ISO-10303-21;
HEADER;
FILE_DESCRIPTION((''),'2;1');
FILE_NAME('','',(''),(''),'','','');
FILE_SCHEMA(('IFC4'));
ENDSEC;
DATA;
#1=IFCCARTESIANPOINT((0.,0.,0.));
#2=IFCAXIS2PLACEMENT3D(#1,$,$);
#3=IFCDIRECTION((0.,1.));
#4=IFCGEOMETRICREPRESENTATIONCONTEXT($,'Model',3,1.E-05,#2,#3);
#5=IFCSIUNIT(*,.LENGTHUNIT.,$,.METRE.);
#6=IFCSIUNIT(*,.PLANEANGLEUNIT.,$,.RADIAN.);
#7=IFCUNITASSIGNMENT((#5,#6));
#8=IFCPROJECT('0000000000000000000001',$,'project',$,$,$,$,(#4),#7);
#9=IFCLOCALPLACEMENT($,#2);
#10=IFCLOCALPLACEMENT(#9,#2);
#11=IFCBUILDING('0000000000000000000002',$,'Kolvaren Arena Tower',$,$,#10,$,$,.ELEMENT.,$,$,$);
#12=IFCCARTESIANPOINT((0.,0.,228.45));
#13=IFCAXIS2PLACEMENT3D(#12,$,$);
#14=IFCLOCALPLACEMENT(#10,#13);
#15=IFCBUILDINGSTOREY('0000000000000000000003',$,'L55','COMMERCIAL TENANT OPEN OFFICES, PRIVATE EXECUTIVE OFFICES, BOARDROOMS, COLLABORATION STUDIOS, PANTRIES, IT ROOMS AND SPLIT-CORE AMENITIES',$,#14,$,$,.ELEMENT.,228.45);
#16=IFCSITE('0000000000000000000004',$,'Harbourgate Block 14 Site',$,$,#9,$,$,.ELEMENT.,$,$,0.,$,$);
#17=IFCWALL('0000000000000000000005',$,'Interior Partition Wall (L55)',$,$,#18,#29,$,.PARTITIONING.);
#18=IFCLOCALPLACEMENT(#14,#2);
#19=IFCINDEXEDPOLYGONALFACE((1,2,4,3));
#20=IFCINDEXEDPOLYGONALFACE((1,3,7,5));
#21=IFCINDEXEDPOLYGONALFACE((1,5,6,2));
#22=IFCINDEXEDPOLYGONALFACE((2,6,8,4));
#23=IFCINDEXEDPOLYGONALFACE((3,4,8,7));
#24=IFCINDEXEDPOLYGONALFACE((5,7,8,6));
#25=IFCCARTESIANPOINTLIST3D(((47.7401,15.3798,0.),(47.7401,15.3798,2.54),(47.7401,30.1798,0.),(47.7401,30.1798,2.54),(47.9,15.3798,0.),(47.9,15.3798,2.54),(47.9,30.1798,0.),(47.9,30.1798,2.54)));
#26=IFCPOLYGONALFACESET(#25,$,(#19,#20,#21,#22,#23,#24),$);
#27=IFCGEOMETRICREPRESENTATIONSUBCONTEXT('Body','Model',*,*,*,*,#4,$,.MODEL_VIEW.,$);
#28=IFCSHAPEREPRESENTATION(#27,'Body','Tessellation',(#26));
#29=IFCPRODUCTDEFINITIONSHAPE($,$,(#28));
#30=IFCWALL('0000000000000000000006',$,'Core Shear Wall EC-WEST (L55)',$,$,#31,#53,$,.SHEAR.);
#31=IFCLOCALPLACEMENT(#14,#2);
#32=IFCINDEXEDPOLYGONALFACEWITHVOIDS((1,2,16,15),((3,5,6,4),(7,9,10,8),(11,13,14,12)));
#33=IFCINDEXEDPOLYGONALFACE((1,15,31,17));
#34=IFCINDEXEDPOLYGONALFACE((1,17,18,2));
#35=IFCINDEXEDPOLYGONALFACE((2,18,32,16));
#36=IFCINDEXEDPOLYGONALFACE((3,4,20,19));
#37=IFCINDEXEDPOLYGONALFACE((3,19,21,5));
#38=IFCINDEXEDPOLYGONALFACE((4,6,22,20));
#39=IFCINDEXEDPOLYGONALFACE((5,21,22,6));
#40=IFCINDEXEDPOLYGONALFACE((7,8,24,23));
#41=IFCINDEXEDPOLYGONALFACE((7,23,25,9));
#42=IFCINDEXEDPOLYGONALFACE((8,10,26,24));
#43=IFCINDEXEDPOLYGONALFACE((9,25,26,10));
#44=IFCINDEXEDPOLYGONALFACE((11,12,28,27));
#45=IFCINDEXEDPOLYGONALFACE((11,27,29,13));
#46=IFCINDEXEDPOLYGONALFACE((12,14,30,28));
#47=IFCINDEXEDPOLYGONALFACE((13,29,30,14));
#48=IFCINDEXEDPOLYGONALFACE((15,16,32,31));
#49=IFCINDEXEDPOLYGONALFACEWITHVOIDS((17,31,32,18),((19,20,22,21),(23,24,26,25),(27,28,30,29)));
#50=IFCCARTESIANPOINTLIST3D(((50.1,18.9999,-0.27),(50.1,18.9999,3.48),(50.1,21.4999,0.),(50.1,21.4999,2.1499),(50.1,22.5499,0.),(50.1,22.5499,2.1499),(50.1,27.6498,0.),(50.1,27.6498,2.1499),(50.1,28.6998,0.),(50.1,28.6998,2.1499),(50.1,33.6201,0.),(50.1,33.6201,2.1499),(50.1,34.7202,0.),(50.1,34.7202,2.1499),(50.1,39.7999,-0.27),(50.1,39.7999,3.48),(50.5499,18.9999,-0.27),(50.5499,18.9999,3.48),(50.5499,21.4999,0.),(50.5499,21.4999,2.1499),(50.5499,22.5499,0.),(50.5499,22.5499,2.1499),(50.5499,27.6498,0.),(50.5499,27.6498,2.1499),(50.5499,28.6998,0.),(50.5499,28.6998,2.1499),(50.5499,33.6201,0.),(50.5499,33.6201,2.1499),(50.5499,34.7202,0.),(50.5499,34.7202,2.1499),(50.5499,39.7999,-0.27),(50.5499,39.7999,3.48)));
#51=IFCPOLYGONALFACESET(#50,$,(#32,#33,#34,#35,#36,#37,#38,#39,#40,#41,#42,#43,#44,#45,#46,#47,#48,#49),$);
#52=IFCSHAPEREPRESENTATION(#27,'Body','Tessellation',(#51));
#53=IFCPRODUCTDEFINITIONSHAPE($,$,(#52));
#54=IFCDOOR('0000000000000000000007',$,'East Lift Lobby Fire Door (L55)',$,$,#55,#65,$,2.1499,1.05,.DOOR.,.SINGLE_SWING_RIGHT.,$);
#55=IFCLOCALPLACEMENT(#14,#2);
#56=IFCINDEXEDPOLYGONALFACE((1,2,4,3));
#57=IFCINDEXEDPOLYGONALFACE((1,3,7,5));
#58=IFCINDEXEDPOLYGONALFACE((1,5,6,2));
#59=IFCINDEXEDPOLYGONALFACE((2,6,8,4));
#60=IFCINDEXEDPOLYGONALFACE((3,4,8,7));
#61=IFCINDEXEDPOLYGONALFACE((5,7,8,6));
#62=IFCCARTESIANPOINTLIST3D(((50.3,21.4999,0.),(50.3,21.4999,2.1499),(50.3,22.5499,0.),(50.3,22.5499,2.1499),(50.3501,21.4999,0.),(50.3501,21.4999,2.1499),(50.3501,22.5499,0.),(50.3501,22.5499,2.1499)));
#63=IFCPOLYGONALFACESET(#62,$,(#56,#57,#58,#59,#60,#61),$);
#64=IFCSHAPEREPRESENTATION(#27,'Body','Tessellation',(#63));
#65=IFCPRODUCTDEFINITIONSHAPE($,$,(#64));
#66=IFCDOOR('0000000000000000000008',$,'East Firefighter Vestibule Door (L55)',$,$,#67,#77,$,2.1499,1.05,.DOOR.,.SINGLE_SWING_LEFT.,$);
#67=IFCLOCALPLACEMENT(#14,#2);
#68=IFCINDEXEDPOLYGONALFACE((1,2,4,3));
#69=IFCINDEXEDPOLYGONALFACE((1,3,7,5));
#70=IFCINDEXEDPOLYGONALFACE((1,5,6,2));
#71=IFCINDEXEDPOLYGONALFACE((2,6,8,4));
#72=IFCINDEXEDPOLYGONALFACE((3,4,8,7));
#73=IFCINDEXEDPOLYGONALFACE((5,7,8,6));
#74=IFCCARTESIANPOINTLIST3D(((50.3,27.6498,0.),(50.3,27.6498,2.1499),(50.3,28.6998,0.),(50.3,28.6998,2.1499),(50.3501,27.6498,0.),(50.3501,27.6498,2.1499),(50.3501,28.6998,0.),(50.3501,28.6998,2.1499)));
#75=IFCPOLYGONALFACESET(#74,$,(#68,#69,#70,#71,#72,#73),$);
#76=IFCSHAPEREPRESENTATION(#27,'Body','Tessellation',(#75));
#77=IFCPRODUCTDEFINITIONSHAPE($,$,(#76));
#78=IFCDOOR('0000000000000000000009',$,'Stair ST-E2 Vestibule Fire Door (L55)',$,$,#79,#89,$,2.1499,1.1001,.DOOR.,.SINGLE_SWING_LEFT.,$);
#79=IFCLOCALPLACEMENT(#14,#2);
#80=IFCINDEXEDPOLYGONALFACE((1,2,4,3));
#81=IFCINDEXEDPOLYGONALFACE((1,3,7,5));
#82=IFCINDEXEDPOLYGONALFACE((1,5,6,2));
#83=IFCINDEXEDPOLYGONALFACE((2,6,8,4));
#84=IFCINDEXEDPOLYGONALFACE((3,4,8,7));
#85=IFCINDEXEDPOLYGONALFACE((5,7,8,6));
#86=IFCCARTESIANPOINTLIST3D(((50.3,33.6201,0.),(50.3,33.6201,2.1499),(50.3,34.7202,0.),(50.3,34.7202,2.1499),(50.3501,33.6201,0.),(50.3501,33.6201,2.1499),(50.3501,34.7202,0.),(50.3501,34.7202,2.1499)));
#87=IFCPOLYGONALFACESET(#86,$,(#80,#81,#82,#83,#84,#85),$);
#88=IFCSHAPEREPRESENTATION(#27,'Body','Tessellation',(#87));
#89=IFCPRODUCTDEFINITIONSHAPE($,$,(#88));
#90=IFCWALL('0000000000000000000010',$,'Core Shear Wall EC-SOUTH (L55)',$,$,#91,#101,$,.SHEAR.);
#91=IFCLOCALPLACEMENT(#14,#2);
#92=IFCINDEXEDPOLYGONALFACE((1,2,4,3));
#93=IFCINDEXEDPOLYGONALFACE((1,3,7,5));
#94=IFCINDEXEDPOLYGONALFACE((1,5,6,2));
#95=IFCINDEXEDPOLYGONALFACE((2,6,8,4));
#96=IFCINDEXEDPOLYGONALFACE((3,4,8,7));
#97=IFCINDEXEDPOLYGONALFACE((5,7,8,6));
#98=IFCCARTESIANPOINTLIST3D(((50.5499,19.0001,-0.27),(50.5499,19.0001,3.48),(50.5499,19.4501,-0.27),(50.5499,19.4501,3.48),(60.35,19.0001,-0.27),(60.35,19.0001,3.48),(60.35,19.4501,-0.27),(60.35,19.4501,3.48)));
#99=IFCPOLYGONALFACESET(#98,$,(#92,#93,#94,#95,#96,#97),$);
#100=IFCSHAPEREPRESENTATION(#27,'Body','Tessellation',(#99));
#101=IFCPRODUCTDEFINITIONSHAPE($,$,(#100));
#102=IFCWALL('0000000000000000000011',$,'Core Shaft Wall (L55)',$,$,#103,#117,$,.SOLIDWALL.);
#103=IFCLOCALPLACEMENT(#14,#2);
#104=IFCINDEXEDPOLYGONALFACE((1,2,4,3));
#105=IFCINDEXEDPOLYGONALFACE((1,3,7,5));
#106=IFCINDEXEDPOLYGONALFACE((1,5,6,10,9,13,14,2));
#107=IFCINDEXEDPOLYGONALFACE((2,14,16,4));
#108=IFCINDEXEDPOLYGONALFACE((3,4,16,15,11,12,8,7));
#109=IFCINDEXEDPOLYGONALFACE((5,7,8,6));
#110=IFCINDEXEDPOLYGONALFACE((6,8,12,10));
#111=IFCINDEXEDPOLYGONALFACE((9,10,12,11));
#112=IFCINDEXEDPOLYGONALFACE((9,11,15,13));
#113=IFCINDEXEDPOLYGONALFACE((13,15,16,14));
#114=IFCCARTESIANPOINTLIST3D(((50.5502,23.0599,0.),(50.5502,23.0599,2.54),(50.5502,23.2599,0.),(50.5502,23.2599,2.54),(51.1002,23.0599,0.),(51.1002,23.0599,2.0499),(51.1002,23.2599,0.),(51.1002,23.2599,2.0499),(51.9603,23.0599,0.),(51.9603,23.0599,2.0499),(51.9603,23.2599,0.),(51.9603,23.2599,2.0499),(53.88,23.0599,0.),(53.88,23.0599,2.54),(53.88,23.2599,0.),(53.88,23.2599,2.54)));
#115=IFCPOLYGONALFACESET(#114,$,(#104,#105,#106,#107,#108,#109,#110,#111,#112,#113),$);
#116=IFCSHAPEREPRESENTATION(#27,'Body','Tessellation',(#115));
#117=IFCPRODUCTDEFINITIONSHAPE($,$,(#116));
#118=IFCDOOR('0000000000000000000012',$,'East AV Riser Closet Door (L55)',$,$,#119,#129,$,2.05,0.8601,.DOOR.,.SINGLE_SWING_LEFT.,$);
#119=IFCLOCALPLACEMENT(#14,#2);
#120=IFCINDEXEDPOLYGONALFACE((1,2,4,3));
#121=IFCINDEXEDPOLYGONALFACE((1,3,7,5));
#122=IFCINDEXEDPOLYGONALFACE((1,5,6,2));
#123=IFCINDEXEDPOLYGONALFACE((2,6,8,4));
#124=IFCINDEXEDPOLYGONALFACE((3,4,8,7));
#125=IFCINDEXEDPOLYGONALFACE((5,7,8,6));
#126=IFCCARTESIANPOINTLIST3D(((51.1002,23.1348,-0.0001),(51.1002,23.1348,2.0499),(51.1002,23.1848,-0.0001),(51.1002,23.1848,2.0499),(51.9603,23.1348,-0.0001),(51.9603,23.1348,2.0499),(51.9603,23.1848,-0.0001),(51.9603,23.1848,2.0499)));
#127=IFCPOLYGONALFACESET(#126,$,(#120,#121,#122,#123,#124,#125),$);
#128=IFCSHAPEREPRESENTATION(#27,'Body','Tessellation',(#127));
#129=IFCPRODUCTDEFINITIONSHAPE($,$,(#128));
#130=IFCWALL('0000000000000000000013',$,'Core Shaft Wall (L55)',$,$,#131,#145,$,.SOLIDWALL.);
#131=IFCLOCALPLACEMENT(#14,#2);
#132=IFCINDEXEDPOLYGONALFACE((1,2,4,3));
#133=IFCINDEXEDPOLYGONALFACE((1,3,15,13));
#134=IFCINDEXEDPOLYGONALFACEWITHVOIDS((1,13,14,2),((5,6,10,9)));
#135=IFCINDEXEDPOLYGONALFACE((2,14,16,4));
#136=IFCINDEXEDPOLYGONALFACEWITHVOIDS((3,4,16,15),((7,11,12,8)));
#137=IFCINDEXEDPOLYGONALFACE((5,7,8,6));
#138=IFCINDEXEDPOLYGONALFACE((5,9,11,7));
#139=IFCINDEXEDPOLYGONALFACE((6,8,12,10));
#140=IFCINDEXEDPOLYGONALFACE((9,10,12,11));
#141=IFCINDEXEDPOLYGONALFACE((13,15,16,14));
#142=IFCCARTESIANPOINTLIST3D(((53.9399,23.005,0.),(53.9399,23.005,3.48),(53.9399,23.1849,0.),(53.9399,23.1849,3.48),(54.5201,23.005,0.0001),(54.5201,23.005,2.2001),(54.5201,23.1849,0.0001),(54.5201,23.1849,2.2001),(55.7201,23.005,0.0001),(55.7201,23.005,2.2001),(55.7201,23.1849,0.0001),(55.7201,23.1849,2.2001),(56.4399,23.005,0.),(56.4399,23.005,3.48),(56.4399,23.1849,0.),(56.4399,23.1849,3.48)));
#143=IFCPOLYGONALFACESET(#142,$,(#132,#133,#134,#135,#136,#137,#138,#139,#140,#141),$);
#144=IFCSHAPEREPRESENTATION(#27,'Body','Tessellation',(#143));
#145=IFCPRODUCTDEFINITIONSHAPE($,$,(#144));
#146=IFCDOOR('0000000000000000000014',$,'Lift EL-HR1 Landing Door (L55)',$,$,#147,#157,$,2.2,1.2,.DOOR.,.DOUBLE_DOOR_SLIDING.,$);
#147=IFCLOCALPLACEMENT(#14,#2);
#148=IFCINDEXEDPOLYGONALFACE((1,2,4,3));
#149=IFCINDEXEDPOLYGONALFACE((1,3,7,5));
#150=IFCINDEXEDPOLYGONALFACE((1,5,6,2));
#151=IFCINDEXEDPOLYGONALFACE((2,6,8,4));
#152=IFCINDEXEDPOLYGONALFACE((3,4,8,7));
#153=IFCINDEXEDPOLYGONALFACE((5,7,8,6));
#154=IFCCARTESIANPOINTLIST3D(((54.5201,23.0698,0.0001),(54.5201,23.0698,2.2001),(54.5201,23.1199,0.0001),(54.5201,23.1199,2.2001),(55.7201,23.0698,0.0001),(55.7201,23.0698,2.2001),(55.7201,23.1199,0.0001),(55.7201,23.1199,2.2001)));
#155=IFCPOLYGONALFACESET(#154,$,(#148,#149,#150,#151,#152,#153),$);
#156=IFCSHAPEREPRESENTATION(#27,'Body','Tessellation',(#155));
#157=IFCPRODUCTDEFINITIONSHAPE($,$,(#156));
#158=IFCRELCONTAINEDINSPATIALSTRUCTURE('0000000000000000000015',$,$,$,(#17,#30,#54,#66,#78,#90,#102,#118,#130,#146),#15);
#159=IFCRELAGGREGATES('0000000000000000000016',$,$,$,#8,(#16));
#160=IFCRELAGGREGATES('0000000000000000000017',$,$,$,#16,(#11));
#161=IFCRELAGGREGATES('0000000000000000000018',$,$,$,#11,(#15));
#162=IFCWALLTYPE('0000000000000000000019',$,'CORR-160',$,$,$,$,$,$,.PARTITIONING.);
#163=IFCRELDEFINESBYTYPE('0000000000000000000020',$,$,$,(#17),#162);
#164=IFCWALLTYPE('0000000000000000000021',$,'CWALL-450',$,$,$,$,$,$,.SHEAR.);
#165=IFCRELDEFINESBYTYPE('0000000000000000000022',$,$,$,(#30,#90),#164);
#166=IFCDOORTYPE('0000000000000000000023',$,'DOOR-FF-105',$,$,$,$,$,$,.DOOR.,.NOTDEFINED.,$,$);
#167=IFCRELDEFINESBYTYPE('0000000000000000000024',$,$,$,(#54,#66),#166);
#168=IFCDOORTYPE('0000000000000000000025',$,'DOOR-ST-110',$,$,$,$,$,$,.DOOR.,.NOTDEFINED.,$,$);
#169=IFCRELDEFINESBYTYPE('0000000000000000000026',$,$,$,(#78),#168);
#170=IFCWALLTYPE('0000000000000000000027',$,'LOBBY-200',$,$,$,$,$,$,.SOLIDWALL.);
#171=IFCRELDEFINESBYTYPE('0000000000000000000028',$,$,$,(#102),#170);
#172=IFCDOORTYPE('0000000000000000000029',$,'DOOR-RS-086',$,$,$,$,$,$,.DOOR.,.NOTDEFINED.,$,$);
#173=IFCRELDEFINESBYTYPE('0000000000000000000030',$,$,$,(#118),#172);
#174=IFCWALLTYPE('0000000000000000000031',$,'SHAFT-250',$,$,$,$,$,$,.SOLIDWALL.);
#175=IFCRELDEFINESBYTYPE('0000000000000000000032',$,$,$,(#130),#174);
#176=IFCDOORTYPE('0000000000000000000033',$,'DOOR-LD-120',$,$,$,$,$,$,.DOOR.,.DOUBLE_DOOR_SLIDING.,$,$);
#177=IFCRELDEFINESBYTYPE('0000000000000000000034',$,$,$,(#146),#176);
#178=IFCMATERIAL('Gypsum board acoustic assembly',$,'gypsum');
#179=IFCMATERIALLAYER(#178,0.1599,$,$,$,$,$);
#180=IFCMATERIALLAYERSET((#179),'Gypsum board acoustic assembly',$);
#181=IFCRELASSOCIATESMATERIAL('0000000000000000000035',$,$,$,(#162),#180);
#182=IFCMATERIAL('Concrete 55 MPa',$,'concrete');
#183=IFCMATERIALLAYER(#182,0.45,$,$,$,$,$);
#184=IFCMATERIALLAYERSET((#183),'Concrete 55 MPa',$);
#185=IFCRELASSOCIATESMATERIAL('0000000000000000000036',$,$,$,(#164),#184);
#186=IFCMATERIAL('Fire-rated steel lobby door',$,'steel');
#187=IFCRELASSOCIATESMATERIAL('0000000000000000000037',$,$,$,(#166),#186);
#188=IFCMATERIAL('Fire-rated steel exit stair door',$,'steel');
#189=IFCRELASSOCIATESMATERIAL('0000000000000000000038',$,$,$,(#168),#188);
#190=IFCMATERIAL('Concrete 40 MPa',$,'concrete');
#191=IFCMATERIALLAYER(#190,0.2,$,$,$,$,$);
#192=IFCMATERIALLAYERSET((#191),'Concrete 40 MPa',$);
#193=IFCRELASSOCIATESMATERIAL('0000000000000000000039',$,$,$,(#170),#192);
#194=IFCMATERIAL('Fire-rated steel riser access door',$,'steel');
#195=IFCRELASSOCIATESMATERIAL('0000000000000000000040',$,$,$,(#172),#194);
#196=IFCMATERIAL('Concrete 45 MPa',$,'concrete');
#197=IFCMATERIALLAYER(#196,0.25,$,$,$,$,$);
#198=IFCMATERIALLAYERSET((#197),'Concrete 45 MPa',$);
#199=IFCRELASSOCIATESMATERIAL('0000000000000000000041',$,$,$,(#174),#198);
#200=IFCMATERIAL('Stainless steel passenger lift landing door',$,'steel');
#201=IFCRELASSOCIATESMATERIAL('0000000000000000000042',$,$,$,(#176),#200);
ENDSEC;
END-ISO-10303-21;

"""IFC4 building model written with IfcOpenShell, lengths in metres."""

from ifc_helpers import new_model, si_unit, direction, frame, frame_2d, origin, place, context, subcontext, project, spatial, rectangle, extrude, material, layer, layer_set, type_object, element, fill, save


model = new_model("IFC4")

# Units and contexts
model_context = context("Model", 3, precision=1e-05, world=origin(), true_north=direction((0.0, 1.0)))
body_context = subcontext(model_context, "Body", "Model", "MODEL_VIEW")
ifc_project = project(units=[si_unit("LENGTHUNIT", "METRE"), si_unit("PLANEANGLEUNIT", "RADIAN")], contexts=[model_context])

# Site, building, storey
site_placement = place(None, origin())
site = spatial("IfcSite", under=ifc_project, at=site_placement, Name="Harbourgate Block 14 Site", CompositionType="ELEMENT", RefElevation=0.0)
building_placement = place(site_placement, origin())
building = spatial("IfcBuilding", under=site, at=building_placement, Name="Kolvaren Arena Tower", CompositionType="ELEMENT")
storey_placement = place(building_placement, frame((0.0, 0.0, 228.45)))
storey = spatial("IfcBuildingStorey", under=building, at=storey_placement, Name="L55", Description="COMMERCIAL TENANT OPEN OFFICES, PRIVATE EXECUTIVE OFFICES, BOARDROOMS, COLLABORATION STUDIOS, PANTRIES, IT ROOMS AND SPLIT-CORE AMENITIES", CompositionType="ELEMENT", Elevation=228.45)

# Wall
ifc_material_1 = material(Name="Gypsum board acoustic assembly", Category="gypsum")
ifc_layer_1 = layer(ifc_material_1, 0.1599)
ifc_layer_set_1 = layer_set([ifc_layer_1], Name="Gypsum board acoustic assembly")
wall_type_1 = type_object("IfcWallType", Name="CORR-160", PredefinedType="PARTITIONING", material=ifc_layer_set_1)
wall_1_placement = place(storey_placement, frame((47.8201, 15.3799, 0.0), z_axis=(0.0, 0.0, 1.0), x_axis=(0.0, 1.0, 0.0)))
element("IfcWall", 1, at=wall_1_placement, inside=storey, type_object=wall_type_1, Name="Interior Partition Wall (L55)", PredefinedType="PARTITIONING", context=body_context, shape_type="SweptSolid", body=[
    extrude(rectangle(XDim=14.8, YDim=0.1599, at=frame_2d((7.3999, 0.0))), origin(), (0.0, 0.0, 1.0), 2.54),
])

# Wall, openings, doors
ifc_material_2 = material(Name="Concrete 55 MPa", Category="concrete")
ifc_layer_2 = layer(ifc_material_2, 0.45)
ifc_layer_set_2 = layer_set([ifc_layer_2], Name="Concrete 55 MPa")
wall_type_2 = type_object("IfcWallType", Name="CWALL-450", PredefinedType="SHEAR", material=ifc_layer_set_2)
wall_2_placement = place(storey_placement, frame((50.325, 19.0, -0.27), z_axis=(0.0, 0.0, 1.0), x_axis=(0.0, 1.0, 0.0)))
wall_2 = element("IfcWall", 2, at=wall_2_placement, inside=storey, type_object=wall_type_2, Name="Core Shear Wall EC-WEST (L55)", PredefinedType="SHEAR", context=body_context, shape_type="SweptSolid", body=[
    extrude(rectangle(XDim=20.8, YDim=0.45, at=frame_2d((10.3999, 0.0))), origin(), (0.0, 0.0, 1.0), 3.75),
])
opening_1_placement = place(wall_2_placement, frame((2.5, 0.0, 0.27)))
opening_1 = element("IfcOpeningElement", 3, at=opening_1_placement, cuts=wall_2, PredefinedType="OPENING", context=body_context, shape_type="SweptSolid", body=[
    extrude(rectangle(XDim=1.05, YDim=2.1499, at=frame_2d((0.5249, 1.075))), frame((0.0, 0.2349, 0.0), z_axis=(0.0, -1.0, 0.0), x_axis=(1.0, 0.0, 0.0)), (0.0, 0.0, 1.0), 0.47),
])
opening_2_placement = place(wall_2_placement, frame((8.6499, 0.0, 0.27)))
opening_2 = element("IfcOpeningElement", 4, at=opening_2_placement, cuts=wall_2, PredefinedType="OPENING", context=body_context, shape_type="SweptSolid", body=[
    extrude(rectangle(XDim=1.05, YDim=2.1499, at=frame_2d((0.5249, 1.075))), frame((0.0, 0.2349, 0.0), z_axis=(0.0, -1.0, 0.0), x_axis=(1.0, 0.0, 0.0)), (0.0, 0.0, 1.0), 0.47),
])
opening_3_placement = place(wall_2_placement, frame((14.6201, 0.0, 0.27)))
opening_3 = element("IfcOpeningElement", 5, at=opening_3_placement, cuts=wall_2, PredefinedType="OPENING", context=body_context, shape_type="SweptSolid", body=[
    extrude(rectangle(XDim=1.1001, YDim=2.1499, at=frame_2d((0.55, 1.075))), frame((0.0, 0.2349, 0.0), z_axis=(0.0, -1.0, 0.0), x_axis=(1.0, 0.0, 0.0)), (0.0, 0.0, 1.0), 0.47),
])
ifc_material_3 = material(Name="Fire-rated steel lobby door", Category="steel")
door_type_1 = type_object("IfcDoorType", Name="DOOR-FF-105", OperationType="NOTDEFINED", PredefinedType="DOOR", material=ifc_material_3)
door_1_placement = place(opening_1_placement, origin())
door_1 = element("IfcDoor", 6, at=door_1_placement, inside=storey, type_object=door_type_1, Name="East Lift Lobby Fire Door (L55)", OperationType="SINGLE_SWING_RIGHT", OverallHeight=2.1499, OverallWidth=1.05, PredefinedType="DOOR", context=body_context, shape_type="SweptSolid", body=[
    extrude(rectangle(XDim=1.05, YDim=2.1499, at=frame_2d((0.5249, 1.075))), frame((0.0, 0.0249, 0.0), z_axis=(0.0, -1.0, 0.0), x_axis=(1.0, 0.0, 0.0)), (0.0, 0.0, 1.0), 0.05),
])
fill(opening_1, door_1)
door_2_placement = place(opening_2_placement, origin())
door_2 = element("IfcDoor", 7, at=door_2_placement, inside=storey, type_object=door_type_1, Name="East Firefighter Vestibule Door (L55)", OperationType="SINGLE_SWING_LEFT", OverallHeight=2.1499, OverallWidth=1.05, PredefinedType="DOOR", context=body_context, shape_type="SweptSolid", body=[
    extrude(rectangle(XDim=1.05, YDim=2.1499, at=frame_2d((0.5249, 1.075))), frame((0.0, 0.0249, 0.0), z_axis=(0.0, -1.0, 0.0), x_axis=(1.0, 0.0, 0.0)), (0.0, 0.0, 1.0), 0.05),
])
fill(opening_2, door_2)
ifc_material_4 = material(Name="Fire-rated steel exit stair door", Category="steel")
door_type_2 = type_object("IfcDoorType", Name="DOOR-ST-110", OperationType="NOTDEFINED", PredefinedType="DOOR", material=ifc_material_4)
door_3_placement = place(opening_3_placement, origin())
door_3 = element("IfcDoor", 8, at=door_3_placement, inside=storey, type_object=door_type_2, Name="Stair ST-E2 Vestibule Fire Door (L55)", OperationType="SINGLE_SWING_LEFT", OverallHeight=2.1499, OverallWidth=1.1001, PredefinedType="DOOR", context=body_context, shape_type="SweptSolid", body=[
    extrude(rectangle(XDim=1.1001, YDim=2.1499, at=frame_2d((0.55, 1.075))), frame((0.0, 0.0249, 0.0), z_axis=(0.0, -1.0, 0.0), x_axis=(1.0, 0.0, 0.0)), (0.0, 0.0, 1.0), 0.05),
])
fill(opening_3, door_3)

# Wall
wall_3_placement = place(storey_placement, frame((50.55, 19.2251, -0.27), z_axis=(0.0, 0.0, 1.0), x_axis=(1.0, 0.0, 0.0)))
element("IfcWall", 9, at=wall_3_placement, inside=storey, type_object=wall_type_2, Name="Core Shear Wall EC-SOUTH (L55)", PredefinedType="SHEAR", context=body_context, shape_type="SweptSolid", body=[
    extrude(rectangle(XDim=9.8, YDim=0.45, at=frame_2d((4.8999, 0.0))), origin(), (0.0, 0.0, 1.0), 3.75),
])

# Shared definitions
ifc_material_5 = material(Name="Concrete 40 MPa", Category="concrete")
ifc_layer_3 = layer(ifc_material_5, 0.2)
ifc_layer_set_3 = layer_set([ifc_layer_3], Name="Concrete 40 MPa")
wall_type_3 = type_object("IfcWallType", Name="LOBBY-200", PredefinedType="SOLIDWALL", material=ifc_layer_set_3)

# Walls, openings, doors
wall_4_placement = place(storey_placement, frame((50.55, 23.1599, 0.0), z_axis=(0.0, 0.0, 1.0), x_axis=(1.0, 0.0, 0.0)))
wall_4 = element("IfcWall", 10, at=wall_4_placement, inside=storey, type_object=wall_type_3, Name="Core Shaft Wall (L55)", PredefinedType="SOLIDWALL", context=body_context, shape_type="SweptSolid", body=[
    extrude(rectangle(XDim=3.3298, YDim=0.2, at=frame_2d((1.665, 0.0))), origin(), (0.0, 0.0, 1.0), 2.54),
])
opening_4_placement = place(wall_4_placement, frame((0.55, 0.0, 0.0)))
opening_4 = element("IfcOpeningElement", 11, at=opening_4_placement, cuts=wall_4, PredefinedType="OPENING", context=body_context, shape_type="SweptSolid", body=[
    extrude(rectangle(XDim=0.8601, YDim=2.05, at=frame_2d((0.4302, 1.0249))), frame((0.0, 0.1099, 0.0), z_axis=(0.0, -1.0, 0.0), x_axis=(1.0, 0.0, 0.0)), (0.0, 0.0, 1.0), 0.22),
])
ifc_material_6 = material(Name="Fire-rated steel riser access door", Category="steel")
door_type_3 = type_object("IfcDoorType", Name="DOOR-RS-086", OperationType="NOTDEFINED", PredefinedType="DOOR", material=ifc_material_6)
door_4_placement = place(opening_4_placement, origin())
door_4 = element("IfcDoor", 12, at=door_4_placement, inside=storey, type_object=door_type_3, Name="East AV Riser Closet Door (L55)", OperationType="SINGLE_SWING_LEFT", OverallHeight=2.05, OverallWidth=0.8601, PredefinedType="DOOR", context=body_context, shape_type="SweptSolid", body=[
    extrude(rectangle(XDim=0.8601, YDim=2.05, at=frame_2d((0.4302, 1.0249))), frame((0.0, 0.0249, 0.0), z_axis=(0.0, -1.0, 0.0), x_axis=(1.0, 0.0, 0.0)), (0.0, 0.0, 1.0), 0.05),
])
fill(opening_4, door_4)
ifc_material_7 = material(Name="Concrete 45 MPa", Category="concrete")
ifc_layer_4 = layer(ifc_material_7, 0.25)
ifc_layer_set_4 = layer_set([ifc_layer_4], Name="Concrete 45 MPa")
wall_type_4 = type_object("IfcWallType", Name="SHAFT-250", PredefinedType="SOLIDWALL", material=ifc_layer_set_4)
wall_5_placement = place(storey_placement, frame((53.9399, 23.095, 0.0), z_axis=(0.0, 0.0, 1.0), x_axis=(1.0, 0.0, 0.0)))
wall_5 = element("IfcWall", 13, at=wall_5_placement, inside=storey, type_object=wall_type_4, Name="Core Shaft Wall (L55)", PredefinedType="SOLIDWALL", context=body_context, shape_type="SweptSolid", body=[
    extrude(rectangle(XDim=2.5, YDim=0.1799, at=frame_2d((1.25, 0.0))), origin(), (0.0, 0.0, 1.0), 3.48),
])
opening_5_placement = place(wall_5_placement, frame((0.5801, 0.0, 0.0)))
opening_5 = element("IfcOpeningElement", 14, at=opening_5_placement, cuts=wall_5, PredefinedType="OPENING", context=body_context, shape_type="SweptSolid", body=[
    extrude(rectangle(XDim=1.2, YDim=2.2, at=frame_2d((0.6001, 1.1001))), frame((0.0, 0.0999, 0.0), z_axis=(0.0, -1.0, 0.0), x_axis=(1.0, 0.0, 0.0)), (0.0, 0.0, 1.0), 0.2),
])
ifc_material_8 = material(Name="Stainless steel passenger lift landing door", Category="steel")
door_type_4 = type_object("IfcDoorType", Name="DOOR-LD-120", OperationType="DOUBLE_DOOR_SLIDING", PredefinedType="DOOR", material=ifc_material_8)
door_5_placement = place(opening_5_placement, origin())
door_5 = element("IfcDoor", 15, at=door_5_placement, inside=storey, type_object=door_type_4, Name="Lift EL-HR1 Landing Door (L55)", OperationType="DOUBLE_DOOR_SLIDING", OverallHeight=2.2, OverallWidth=1.2, PredefinedType="DOOR", context=body_context, shape_type="SweptSolid", body=[
    extrude(rectangle(XDim=1.2, YDim=2.2, at=frame_2d((0.6001, 1.1001))), frame((0.0, 0.0249, 0.0), z_axis=(0.0, -1.0, 0.0), x_axis=(1.0, 0.0, 0.0)), (0.0, 0.0, 1.0), 0.05),
])
fill(opening_5, door_5)

save(model, "model.ifc")
